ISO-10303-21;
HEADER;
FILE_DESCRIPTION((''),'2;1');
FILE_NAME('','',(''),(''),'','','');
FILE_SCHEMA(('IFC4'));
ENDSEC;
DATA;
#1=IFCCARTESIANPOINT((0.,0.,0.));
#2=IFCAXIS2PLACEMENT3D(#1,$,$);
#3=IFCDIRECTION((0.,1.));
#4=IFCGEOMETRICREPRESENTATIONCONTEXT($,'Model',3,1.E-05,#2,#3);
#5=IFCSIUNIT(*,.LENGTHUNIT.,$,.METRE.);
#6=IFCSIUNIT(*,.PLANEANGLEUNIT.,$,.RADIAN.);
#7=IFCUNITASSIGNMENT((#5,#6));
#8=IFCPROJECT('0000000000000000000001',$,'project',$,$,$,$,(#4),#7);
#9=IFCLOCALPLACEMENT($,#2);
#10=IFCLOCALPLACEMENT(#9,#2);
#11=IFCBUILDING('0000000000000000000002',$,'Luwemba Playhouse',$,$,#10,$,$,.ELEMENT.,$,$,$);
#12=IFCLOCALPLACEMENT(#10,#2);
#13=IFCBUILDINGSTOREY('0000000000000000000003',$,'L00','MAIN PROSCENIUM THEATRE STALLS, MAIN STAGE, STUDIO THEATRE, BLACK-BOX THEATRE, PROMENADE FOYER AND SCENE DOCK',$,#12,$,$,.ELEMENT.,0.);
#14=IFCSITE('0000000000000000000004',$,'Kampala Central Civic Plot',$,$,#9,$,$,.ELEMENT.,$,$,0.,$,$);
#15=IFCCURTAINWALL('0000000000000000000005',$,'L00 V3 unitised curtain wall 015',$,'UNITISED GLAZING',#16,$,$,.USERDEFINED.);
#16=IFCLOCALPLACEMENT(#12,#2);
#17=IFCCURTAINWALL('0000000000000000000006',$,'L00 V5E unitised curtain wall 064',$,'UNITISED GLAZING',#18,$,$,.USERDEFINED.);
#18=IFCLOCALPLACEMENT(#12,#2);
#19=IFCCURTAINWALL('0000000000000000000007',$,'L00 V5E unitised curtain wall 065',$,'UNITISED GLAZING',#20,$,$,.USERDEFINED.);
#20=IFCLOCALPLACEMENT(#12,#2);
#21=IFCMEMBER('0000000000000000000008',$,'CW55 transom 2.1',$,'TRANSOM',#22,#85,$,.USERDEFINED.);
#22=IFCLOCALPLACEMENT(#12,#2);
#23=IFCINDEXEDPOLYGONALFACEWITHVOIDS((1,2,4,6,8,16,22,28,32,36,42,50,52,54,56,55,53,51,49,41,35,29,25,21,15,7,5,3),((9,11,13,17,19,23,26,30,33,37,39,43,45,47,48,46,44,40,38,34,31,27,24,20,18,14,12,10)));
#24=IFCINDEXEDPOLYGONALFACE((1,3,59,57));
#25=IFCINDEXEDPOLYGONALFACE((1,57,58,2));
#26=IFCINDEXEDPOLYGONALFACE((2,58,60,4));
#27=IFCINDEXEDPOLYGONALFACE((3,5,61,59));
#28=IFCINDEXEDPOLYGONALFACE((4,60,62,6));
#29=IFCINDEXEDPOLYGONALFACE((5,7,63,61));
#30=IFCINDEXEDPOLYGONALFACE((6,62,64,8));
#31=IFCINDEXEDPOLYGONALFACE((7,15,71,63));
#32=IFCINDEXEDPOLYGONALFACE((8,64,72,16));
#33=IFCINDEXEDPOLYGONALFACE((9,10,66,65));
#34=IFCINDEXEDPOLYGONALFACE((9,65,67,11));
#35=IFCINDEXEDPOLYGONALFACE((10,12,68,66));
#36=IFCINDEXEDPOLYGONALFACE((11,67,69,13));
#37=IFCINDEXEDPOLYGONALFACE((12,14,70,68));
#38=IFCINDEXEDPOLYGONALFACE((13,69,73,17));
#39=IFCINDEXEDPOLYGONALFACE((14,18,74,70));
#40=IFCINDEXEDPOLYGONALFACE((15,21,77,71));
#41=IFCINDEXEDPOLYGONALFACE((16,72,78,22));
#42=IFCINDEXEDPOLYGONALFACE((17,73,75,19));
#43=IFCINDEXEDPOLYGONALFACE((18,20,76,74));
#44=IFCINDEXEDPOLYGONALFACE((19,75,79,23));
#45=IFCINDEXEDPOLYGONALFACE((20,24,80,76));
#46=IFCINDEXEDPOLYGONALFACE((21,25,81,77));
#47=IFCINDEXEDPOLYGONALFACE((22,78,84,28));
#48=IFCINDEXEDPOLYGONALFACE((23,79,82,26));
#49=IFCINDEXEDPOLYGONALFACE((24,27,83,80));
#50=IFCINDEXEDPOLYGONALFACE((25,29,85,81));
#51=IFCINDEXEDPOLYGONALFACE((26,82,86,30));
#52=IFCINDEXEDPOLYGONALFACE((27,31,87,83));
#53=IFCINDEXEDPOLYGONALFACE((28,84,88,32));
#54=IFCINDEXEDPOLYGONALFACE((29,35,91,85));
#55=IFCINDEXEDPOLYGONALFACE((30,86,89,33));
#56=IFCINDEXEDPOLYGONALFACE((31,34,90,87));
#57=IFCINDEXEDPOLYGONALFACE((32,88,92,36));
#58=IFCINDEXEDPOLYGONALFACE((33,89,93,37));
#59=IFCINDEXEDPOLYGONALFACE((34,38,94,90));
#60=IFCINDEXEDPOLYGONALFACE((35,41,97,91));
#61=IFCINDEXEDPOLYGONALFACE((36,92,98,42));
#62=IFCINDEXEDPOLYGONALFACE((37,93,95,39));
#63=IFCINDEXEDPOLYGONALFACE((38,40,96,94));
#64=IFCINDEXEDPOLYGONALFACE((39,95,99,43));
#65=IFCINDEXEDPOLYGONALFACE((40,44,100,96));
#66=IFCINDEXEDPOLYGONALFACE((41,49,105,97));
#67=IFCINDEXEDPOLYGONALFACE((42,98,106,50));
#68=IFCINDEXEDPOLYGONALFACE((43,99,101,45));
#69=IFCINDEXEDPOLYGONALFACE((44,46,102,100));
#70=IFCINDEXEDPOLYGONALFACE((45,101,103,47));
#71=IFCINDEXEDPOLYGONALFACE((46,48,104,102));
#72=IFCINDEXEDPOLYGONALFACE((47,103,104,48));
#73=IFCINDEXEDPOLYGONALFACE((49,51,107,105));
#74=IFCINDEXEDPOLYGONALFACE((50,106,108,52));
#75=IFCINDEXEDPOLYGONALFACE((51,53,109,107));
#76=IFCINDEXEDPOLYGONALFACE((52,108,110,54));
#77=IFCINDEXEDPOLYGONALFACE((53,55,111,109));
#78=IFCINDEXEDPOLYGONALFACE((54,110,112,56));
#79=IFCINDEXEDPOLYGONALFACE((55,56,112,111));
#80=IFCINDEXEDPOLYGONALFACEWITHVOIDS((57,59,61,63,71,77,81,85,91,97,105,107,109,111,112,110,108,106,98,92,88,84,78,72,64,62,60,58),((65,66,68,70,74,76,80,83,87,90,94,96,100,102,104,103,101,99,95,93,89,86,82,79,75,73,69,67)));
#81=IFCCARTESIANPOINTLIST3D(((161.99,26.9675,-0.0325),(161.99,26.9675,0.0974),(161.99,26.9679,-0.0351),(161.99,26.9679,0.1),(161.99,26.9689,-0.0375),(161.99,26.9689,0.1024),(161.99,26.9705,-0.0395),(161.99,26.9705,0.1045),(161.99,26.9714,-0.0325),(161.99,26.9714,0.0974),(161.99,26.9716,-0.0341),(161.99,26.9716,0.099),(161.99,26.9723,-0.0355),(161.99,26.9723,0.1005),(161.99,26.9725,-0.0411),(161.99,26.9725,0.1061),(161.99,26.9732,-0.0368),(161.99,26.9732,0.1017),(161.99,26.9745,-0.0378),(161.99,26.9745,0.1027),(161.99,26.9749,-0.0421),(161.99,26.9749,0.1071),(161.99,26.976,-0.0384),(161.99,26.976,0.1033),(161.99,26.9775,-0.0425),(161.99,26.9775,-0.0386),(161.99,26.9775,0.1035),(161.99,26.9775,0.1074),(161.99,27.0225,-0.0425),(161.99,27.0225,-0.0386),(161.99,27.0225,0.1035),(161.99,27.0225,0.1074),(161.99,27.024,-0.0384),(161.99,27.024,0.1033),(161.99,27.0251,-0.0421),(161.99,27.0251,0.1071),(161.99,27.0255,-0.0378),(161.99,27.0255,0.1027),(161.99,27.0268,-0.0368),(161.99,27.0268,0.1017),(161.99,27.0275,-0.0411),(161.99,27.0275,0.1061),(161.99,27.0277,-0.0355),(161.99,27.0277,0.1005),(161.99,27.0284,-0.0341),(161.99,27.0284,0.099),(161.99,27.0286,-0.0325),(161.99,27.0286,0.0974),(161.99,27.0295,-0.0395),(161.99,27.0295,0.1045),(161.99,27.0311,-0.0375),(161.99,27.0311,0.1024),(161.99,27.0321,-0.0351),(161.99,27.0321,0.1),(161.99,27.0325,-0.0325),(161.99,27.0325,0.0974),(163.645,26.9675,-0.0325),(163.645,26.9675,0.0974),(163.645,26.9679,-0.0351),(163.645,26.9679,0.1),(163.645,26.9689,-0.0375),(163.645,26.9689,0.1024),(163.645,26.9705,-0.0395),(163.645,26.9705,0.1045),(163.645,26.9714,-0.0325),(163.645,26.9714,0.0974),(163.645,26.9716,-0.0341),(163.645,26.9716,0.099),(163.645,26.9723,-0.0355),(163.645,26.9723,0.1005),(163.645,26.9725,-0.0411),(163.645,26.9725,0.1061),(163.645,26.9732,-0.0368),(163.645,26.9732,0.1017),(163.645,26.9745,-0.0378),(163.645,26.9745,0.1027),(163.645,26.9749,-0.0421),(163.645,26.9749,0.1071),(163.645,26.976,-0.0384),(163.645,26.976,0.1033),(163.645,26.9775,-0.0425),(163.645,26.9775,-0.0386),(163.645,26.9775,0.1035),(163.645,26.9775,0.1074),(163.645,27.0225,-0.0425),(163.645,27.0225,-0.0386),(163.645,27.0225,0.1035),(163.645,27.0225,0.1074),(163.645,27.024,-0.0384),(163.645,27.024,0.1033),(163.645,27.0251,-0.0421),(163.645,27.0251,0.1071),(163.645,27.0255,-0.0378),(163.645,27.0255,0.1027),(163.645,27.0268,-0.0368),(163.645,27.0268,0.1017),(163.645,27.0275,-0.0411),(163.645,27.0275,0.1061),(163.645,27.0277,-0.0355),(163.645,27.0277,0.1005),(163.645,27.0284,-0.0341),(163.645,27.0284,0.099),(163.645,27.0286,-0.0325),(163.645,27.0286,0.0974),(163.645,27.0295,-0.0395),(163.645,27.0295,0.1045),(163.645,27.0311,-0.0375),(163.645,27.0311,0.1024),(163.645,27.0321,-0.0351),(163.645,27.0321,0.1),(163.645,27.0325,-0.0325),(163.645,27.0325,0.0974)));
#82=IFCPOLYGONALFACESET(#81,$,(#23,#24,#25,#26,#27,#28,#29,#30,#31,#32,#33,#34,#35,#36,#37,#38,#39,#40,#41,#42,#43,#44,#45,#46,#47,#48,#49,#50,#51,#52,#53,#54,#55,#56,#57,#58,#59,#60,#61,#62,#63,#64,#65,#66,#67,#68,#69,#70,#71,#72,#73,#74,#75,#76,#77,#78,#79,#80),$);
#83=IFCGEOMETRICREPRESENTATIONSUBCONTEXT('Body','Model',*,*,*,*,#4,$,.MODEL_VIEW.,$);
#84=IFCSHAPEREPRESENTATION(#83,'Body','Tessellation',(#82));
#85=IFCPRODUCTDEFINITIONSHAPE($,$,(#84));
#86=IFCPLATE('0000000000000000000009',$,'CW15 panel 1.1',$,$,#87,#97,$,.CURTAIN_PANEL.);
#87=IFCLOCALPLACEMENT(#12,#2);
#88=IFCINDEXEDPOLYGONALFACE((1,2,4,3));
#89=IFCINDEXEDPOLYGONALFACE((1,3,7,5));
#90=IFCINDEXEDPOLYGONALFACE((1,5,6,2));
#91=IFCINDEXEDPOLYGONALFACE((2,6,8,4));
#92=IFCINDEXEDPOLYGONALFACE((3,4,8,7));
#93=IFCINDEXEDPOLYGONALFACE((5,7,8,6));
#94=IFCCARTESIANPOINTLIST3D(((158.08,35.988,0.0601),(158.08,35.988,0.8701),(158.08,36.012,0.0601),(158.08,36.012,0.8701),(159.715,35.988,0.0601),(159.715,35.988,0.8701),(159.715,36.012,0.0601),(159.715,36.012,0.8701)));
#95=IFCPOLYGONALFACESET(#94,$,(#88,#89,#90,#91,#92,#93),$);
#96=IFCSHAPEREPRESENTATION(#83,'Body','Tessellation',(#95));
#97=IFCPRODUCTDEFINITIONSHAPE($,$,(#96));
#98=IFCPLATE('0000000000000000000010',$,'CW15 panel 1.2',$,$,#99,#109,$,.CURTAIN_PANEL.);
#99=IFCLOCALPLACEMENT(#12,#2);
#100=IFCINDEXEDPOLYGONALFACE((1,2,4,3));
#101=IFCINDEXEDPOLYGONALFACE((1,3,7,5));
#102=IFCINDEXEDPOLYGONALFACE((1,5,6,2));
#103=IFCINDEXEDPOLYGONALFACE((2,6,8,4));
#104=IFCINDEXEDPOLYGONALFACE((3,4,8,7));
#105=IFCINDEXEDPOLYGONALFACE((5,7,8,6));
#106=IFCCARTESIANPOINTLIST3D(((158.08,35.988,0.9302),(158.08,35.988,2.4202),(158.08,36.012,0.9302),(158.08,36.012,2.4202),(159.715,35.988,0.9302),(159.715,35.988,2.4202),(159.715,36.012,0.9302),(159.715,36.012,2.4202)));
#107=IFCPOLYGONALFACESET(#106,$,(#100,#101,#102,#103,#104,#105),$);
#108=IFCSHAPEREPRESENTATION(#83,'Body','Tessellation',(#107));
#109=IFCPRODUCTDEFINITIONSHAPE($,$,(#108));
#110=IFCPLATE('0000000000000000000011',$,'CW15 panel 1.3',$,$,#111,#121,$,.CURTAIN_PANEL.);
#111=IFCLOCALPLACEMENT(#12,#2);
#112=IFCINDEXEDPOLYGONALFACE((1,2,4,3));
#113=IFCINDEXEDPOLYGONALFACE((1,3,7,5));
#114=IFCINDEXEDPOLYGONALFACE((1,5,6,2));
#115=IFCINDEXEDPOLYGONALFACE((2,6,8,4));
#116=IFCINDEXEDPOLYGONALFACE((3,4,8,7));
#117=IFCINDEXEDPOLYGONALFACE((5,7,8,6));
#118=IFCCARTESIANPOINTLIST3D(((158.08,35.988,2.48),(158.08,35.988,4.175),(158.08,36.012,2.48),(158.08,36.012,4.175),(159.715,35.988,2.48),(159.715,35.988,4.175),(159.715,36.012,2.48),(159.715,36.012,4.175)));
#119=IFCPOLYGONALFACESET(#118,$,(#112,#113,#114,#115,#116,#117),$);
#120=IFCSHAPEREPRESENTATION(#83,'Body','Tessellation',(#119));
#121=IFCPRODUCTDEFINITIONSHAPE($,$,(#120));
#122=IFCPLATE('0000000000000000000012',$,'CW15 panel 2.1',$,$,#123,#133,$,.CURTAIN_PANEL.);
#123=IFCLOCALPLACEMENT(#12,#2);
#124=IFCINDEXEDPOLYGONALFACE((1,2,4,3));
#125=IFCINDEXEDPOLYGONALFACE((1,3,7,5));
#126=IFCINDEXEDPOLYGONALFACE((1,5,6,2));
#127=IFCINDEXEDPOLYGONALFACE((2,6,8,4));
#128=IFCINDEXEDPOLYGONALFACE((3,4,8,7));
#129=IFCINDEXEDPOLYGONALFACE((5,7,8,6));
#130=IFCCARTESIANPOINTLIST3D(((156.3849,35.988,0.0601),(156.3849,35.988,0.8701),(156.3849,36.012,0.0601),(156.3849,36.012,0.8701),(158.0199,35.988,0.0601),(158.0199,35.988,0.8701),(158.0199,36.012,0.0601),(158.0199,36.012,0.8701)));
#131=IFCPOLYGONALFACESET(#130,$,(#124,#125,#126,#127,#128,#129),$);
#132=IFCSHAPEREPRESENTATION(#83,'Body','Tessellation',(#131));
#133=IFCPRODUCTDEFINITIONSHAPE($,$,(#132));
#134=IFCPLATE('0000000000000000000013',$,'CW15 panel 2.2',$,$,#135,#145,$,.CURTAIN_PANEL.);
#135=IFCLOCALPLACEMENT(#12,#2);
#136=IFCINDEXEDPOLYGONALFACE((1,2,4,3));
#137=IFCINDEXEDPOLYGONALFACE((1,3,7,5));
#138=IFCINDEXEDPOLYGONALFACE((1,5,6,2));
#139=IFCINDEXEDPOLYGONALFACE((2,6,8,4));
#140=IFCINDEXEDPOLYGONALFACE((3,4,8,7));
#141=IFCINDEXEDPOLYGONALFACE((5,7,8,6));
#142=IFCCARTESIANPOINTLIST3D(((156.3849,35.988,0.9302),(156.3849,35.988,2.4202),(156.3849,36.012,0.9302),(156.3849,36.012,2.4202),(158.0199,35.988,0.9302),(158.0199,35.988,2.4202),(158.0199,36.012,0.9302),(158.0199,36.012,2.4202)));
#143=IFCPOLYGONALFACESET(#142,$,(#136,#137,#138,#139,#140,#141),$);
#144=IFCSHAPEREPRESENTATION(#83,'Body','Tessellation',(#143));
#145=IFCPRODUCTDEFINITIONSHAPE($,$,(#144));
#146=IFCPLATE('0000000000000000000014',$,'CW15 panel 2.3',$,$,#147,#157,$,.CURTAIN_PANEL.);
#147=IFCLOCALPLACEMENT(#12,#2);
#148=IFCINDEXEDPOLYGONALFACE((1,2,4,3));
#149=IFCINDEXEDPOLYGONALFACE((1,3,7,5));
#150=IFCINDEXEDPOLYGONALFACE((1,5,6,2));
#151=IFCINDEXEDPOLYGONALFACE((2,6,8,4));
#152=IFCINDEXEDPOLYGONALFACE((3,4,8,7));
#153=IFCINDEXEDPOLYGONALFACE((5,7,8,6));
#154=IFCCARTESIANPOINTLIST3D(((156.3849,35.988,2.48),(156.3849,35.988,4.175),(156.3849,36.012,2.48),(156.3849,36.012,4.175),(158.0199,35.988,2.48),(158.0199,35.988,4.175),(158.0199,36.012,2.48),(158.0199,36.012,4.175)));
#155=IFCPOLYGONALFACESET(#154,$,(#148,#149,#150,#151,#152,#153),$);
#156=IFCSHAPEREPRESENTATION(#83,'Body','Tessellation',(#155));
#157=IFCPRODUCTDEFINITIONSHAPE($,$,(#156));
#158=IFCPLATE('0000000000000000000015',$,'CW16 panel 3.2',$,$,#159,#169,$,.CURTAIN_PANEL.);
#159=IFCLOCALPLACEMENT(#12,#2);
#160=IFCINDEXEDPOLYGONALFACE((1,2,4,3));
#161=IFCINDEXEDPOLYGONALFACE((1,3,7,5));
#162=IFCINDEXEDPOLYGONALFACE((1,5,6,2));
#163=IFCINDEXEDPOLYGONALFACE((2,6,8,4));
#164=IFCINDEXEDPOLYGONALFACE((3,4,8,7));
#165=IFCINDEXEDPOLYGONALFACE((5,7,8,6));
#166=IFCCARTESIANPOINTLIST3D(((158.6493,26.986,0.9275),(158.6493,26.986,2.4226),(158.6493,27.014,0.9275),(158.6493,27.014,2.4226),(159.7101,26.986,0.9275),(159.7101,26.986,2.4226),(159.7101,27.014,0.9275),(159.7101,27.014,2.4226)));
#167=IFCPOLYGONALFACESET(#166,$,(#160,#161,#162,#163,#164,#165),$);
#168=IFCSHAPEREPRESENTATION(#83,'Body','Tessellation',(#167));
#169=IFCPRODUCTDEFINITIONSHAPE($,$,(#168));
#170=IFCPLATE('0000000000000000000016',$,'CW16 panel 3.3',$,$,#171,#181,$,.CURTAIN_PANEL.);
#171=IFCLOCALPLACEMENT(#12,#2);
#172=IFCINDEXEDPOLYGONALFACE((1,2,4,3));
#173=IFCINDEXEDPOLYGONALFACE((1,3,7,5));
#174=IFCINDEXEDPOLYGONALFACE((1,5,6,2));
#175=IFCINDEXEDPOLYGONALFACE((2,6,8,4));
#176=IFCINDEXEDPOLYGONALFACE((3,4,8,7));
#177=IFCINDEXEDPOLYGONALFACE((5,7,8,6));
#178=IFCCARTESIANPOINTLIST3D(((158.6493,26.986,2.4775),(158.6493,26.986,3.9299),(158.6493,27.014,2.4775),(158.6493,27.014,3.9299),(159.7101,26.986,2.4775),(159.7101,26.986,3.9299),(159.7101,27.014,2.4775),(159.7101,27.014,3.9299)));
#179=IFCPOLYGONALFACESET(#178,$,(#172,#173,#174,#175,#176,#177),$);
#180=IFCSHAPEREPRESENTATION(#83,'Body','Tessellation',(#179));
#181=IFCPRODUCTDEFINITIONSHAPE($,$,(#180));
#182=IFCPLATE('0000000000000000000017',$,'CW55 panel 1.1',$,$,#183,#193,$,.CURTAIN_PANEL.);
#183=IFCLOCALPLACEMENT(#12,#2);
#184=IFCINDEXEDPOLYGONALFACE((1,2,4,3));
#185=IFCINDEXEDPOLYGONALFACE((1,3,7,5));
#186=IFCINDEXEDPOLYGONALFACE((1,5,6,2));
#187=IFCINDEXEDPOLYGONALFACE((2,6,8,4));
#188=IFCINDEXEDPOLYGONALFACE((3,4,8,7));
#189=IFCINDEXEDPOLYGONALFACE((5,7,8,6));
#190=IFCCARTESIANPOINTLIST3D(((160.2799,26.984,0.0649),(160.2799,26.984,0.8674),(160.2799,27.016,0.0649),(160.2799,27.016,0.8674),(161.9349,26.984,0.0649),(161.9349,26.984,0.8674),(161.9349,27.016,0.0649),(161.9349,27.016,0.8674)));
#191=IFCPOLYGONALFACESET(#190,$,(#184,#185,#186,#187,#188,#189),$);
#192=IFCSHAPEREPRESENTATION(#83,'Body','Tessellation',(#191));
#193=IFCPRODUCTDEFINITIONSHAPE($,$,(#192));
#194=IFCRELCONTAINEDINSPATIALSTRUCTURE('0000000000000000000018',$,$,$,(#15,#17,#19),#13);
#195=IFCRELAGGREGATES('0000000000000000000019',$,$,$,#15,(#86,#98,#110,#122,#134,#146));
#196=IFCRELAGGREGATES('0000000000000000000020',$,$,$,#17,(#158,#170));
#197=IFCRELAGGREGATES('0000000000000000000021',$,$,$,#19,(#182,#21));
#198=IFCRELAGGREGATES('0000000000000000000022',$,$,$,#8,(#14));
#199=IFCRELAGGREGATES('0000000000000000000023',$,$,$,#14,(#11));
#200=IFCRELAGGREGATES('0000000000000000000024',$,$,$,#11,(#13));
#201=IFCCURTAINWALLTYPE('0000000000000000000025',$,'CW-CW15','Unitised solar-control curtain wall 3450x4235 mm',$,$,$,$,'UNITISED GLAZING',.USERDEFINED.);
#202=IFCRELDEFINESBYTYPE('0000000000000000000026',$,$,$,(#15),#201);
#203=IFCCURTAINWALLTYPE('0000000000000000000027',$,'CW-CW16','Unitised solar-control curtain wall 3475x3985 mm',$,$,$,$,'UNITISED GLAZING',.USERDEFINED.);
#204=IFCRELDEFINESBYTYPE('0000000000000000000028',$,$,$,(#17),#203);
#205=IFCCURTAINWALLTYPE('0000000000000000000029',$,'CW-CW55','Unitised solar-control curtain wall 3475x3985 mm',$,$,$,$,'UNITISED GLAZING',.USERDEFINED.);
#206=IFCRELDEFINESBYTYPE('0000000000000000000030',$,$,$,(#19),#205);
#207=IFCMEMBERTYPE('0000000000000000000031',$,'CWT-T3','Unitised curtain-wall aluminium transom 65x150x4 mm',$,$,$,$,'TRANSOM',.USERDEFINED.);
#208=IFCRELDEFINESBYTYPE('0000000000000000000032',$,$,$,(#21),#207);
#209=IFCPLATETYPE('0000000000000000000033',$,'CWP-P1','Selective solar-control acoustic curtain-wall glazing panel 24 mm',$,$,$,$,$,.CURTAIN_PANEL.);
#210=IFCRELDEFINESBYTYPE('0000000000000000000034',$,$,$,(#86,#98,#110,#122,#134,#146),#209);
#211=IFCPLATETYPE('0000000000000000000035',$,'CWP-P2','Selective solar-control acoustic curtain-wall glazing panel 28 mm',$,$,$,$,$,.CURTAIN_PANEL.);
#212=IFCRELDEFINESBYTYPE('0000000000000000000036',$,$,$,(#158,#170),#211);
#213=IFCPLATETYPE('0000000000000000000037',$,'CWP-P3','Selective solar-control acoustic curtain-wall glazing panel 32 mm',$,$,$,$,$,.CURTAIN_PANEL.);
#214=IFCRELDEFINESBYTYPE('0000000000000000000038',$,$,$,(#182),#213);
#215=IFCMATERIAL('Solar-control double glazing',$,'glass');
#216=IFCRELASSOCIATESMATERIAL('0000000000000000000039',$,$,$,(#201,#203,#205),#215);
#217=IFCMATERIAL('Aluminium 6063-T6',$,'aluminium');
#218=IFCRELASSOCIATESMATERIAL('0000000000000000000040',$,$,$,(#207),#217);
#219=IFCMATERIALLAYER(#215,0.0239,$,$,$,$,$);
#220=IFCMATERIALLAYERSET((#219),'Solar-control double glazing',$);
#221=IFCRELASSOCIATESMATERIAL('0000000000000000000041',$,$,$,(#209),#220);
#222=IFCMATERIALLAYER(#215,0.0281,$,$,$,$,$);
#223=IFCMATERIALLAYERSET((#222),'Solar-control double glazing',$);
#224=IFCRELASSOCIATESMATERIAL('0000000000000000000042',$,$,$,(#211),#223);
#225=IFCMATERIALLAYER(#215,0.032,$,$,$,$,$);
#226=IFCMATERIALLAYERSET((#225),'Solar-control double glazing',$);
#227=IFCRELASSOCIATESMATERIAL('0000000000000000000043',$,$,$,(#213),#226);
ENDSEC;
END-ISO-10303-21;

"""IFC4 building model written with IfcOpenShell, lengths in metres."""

from ifc_helpers import new_model, si_unit, direction, frame, origin, origin_2d, place, context, subcontext, project, spatial, rectangle, hollow_rectangle, extrude, material, layer, layer_set, material_profile, profile_set, type_object, element, aggregate, save


model = new_model("IFC4")

# Units and contexts
model_context = context("Model", 3, precision=1e-05, world=origin(), true_north=direction((0.0, 1.0)))
body_context = subcontext(model_context, "Body", "Model", "MODEL_VIEW")
ifc_project = project(units=[si_unit("LENGTHUNIT", "METRE"), si_unit("PLANEANGLEUNIT", "RADIAN")], contexts=[model_context])

# Site, building, storey
site_placement = place(None, origin())
site = spatial("IfcSite", under=ifc_project, at=site_placement, Name="Kampala Central Civic Plot", CompositionType="ELEMENT", RefElevation=0.0)
building_placement = place(site_placement, origin())
building = spatial("IfcBuilding", under=site, at=building_placement, Name="Luwemba Playhouse", CompositionType="ELEMENT")
storey_placement = place(building_placement, origin())
storey = spatial("IfcBuildingStorey", under=building, at=storey_placement, Name="L00", Description="MAIN PROSCENIUM THEATRE STALLS, MAIN STAGE, STUDIO THEATRE, BLACK-BOX THEATRE, PROMENADE FOYER AND SCENE DOCK", CompositionType="ELEMENT", Elevation=0.0)

# Curtain wall
ifc_material_1 = material(Name="Solar-control double glazing", Category="glass")
curtain_wall_type_1 = type_object("IfcCurtainWallType", Name="CW-CW15", Description="Unitised solar-control curtain wall 3450x4235 mm", ElementType="UNITISED GLAZING", PredefinedType="USERDEFINED", material=ifc_material_1)
curtain_wall_1_placement = place(storey_placement, origin())
curtain_wall_1 = element("IfcCurtainWall", 1, at=curtain_wall_1_placement, inside=storey, type_object=curtain_wall_type_1, Name="L00 V3 unitised curtain wall 015", ObjectType="UNITISED GLAZING", PredefinedType="USERDEFINED")
ifc_material_2 = material(Name="Aluminium 6063-T6", Category="aluminium")

# Curtain wall
curtain_wall_type_2 = type_object("IfcCurtainWallType", Name="CW-CW16", Description="Unitised solar-control curtain wall 3475x3985 mm", ElementType="UNITISED GLAZING", PredefinedType="USERDEFINED", material=ifc_material_1)
curtain_wall_2_placement = place(storey_placement, origin())
curtain_wall_2 = element("IfcCurtainWall", 2, at=curtain_wall_2_placement, inside=storey, type_object=curtain_wall_type_2, Name="L00 V5E unitised curtain wall 064", ObjectType="UNITISED GLAZING", PredefinedType="USERDEFINED")

# Curtain wall
curtain_wall_type_3 = type_object("IfcCurtainWallType", Name="CW-CW55", Description="Unitised solar-control curtain wall 3475x3985 mm", ElementType="UNITISED GLAZING", PredefinedType="USERDEFINED", material=ifc_material_1)
curtain_wall_3_placement = place(storey_placement, origin())
curtain_wall_3 = element("IfcCurtainWall", 3, at=curtain_wall_3_placement, inside=storey, type_object=curtain_wall_type_3, Name="L00 V5E unitised curtain wall 065", ObjectType="UNITISED GLAZING", PredefinedType="USERDEFINED")

# Member
ifc_material_profile_1 = material_profile(ifc_material_2, hollow_rectangle(XDim=0.0649, YDim=0.1499, WallThickness=0.0039, InnerFilletRadius=0.0061, OuterFilletRadius=0.01, at=origin_2d()))
ifc_profile_set_1 = profile_set([ifc_material_profile_1], Name="Aluminium 6063-T6")
member_type_1 = type_object("IfcMemberType", Name="CWT-T3", Description="Unitised curtain-wall aluminium transom 65x150x4 mm", ElementType="TRANSOM", PredefinedType="USERDEFINED", material=ifc_profile_set_1)
member_1_placement = place(storey_placement, frame((161.99, 27.0, 0.0325), z_axis=(1.0, 0.0, 0.0), x_axis=(0.0, 1.0, 0.0)))
member_1 = element("IfcMember", 4, at=member_1_placement, type_object=member_type_1, Name="CW55 transom 2.1", ObjectType="TRANSOM", PredefinedType="USERDEFINED", context=body_context, shape_type="SweptSolid", body=[
    extrude(hollow_rectangle(XDim=0.0649, YDim=0.1499, WallThickness=0.0039, InnerFilletRadius=0.0061, OuterFilletRadius=0.01, at=origin_2d()), origin(), (0.0, 0.0, 1.0), 1.655),
])

# Plates
ifc_layer_1 = layer(ifc_material_1, 0.0239)
ifc_layer_set_1 = layer_set([ifc_layer_1], Name="Solar-control double glazing")
plate_type_1 = type_object("IfcPlateType", Name="CWP-P1", Description="Selective solar-control acoustic curtain-wall glazing panel 24 mm", PredefinedType="CURTAIN_PANEL", material=ifc_layer_set_1)
plate_1_placement = place(storey_placement, frame((158.8975, 36.0, 0.0601), z_axis=(0.0, 0.0, 1.0), x_axis=(-1.0, 0.0, 0.0)))
plate_1 = element("IfcPlate", 5, at=plate_1_placement, type_object=plate_type_1, Name="CW15 panel 1.1", PredefinedType="CURTAIN_PANEL", context=body_context, shape_type="SweptSolid", body=[
    extrude(rectangle(XDim=1.635, YDim=0.0239, at=origin_2d()), origin(), (0.0, 0.0, 1.0), 0.8101),
])
plate_2_placement = place(storey_placement, frame((158.8975, 36.0, 0.9302), z_axis=(0.0, 0.0, 1.0), x_axis=(-1.0, 0.0, 0.0)))
plate_2 = element("IfcPlate", 6, at=plate_2_placement, type_object=plate_type_1, Name="CW15 panel 1.2", PredefinedType="CURTAIN_PANEL", context=body_context, shape_type="SweptSolid", body=[
    extrude(rectangle(XDim=1.635, YDim=0.0239, at=origin_2d()), origin(), (0.0, 0.0, 1.0), 1.49),
])
plate_3_placement = place(storey_placement, frame((158.8975, 36.0, 2.48), z_axis=(0.0, 0.0, 1.0), x_axis=(-1.0, 0.0, 0.0)))
plate_3 = element("IfcPlate", 7, at=plate_3_placement, type_object=plate_type_1, Name="CW15 panel 1.3", PredefinedType="CURTAIN_PANEL", context=body_context, shape_type="SweptSolid", body=[
    extrude(rectangle(XDim=1.635, YDim=0.0239, at=origin_2d()), origin(), (0.0, 0.0, 1.0), 1.6951),
])
plate_4_placement = place(storey_placement, frame((157.2024, 36.0, 0.0601), z_axis=(0.0, 0.0, 1.0), x_axis=(-1.0, 0.0, 0.0)))
plate_4 = element("IfcPlate", 8, at=plate_4_placement, type_object=plate_type_1, Name="CW15 panel 2.1", PredefinedType="CURTAIN_PANEL", context=body_context, shape_type="SweptSolid", body=[
    extrude(rectangle(XDim=1.635, YDim=0.0239, at=origin_2d()), origin(), (0.0, 0.0, 1.0), 0.8101),
])
plate_5_placement = place(storey_placement, frame((157.2024, 36.0, 0.9302), z_axis=(0.0, 0.0, 1.0), x_axis=(-1.0, 0.0, 0.0)))
plate_5 = element("IfcPlate", 9, at=plate_5_placement, type_object=plate_type_1, Name="CW15 panel 2.2", PredefinedType="CURTAIN_PANEL", context=body_context, shape_type="SweptSolid", body=[
    extrude(rectangle(XDim=1.635, YDim=0.0239, at=origin_2d()), origin(), (0.0, 0.0, 1.0), 1.49),
])
plate_6_placement = place(storey_placement, frame((157.2024, 36.0, 2.48), z_axis=(0.0, 0.0, 1.0), x_axis=(-1.0, 0.0, 0.0)))
plate_6 = element("IfcPlate", 10, at=plate_6_placement, type_object=plate_type_1, Name="CW15 panel 2.3", PredefinedType="CURTAIN_PANEL", context=body_context, shape_type="SweptSolid", body=[
    extrude(rectangle(XDim=1.635, YDim=0.0239, at=origin_2d()), origin(), (0.0, 0.0, 1.0), 1.6951),
])
aggregate(curtain_wall_1, [plate_1, plate_2, plate_3, plate_4, plate_5, plate_6])
ifc_layer_2 = layer(ifc_material_1, 0.0281)
ifc_layer_set_2 = layer_set([ifc_layer_2], Name="Solar-control double glazing")
plate_type_2 = type_object("IfcPlateType", Name="CWP-P2", Description="Selective solar-control acoustic curtain-wall glazing panel 28 mm", PredefinedType="CURTAIN_PANEL", material=ifc_layer_set_2)
plate_7_placement = place(storey_placement, frame((159.1797, 27.0, 0.9275), z_axis=(0.0, 0.0, 1.0), x_axis=(1.0, 0.0, 0.0)))
plate_7 = element("IfcPlate", 11, at=plate_7_placement, type_object=plate_type_2, Name="CW16 panel 3.2", PredefinedType="CURTAIN_PANEL", context=body_context, shape_type="SweptSolid", body=[
    extrude(rectangle(XDim=1.0608, YDim=0.0281, at=origin_2d()), origin(), (0.0, 0.0, 1.0), 1.4951),
])
plate_8_placement = place(storey_placement, frame((159.1797, 27.0, 2.4775), z_axis=(0.0, 0.0, 1.0), x_axis=(1.0, 0.0, 0.0)))
plate_8 = element("IfcPlate", 12, at=plate_8_placement, type_object=plate_type_2, Name="CW16 panel 3.3", PredefinedType="CURTAIN_PANEL", context=body_context, shape_type="SweptSolid", body=[
    extrude(rectangle(XDim=1.0608, YDim=0.0281, at=origin_2d()), origin(), (0.0, 0.0, 1.0), 1.4524),
])
aggregate(curtain_wall_2, [plate_7, plate_8])
ifc_layer_3 = layer(ifc_material_1, 0.032)
ifc_layer_set_3 = layer_set([ifc_layer_3], Name="Solar-control double glazing")
plate_type_3 = type_object("IfcPlateType", Name="CWP-P3", Description="Selective solar-control acoustic curtain-wall glazing panel 32 mm", PredefinedType="CURTAIN_PANEL", material=ifc_layer_set_3)
plate_9_placement = place(storey_placement, frame((161.1074, 27.0, 0.0649), z_axis=(0.0, 0.0, 1.0), x_axis=(1.0, 0.0, 0.0)))
plate_9 = element("IfcPlate", 13, at=plate_9_placement, type_object=plate_type_3, Name="CW55 panel 1.1", PredefinedType="CURTAIN_PANEL", context=body_context, shape_type="SweptSolid", body=[
    extrude(rectangle(XDim=1.655, YDim=0.032, at=origin_2d()), origin(), (0.0, 0.0, 1.0), 0.8025),
])
aggregate(curtain_wall_3, [plate_9, member_1])

save(model, "model.ifc")
